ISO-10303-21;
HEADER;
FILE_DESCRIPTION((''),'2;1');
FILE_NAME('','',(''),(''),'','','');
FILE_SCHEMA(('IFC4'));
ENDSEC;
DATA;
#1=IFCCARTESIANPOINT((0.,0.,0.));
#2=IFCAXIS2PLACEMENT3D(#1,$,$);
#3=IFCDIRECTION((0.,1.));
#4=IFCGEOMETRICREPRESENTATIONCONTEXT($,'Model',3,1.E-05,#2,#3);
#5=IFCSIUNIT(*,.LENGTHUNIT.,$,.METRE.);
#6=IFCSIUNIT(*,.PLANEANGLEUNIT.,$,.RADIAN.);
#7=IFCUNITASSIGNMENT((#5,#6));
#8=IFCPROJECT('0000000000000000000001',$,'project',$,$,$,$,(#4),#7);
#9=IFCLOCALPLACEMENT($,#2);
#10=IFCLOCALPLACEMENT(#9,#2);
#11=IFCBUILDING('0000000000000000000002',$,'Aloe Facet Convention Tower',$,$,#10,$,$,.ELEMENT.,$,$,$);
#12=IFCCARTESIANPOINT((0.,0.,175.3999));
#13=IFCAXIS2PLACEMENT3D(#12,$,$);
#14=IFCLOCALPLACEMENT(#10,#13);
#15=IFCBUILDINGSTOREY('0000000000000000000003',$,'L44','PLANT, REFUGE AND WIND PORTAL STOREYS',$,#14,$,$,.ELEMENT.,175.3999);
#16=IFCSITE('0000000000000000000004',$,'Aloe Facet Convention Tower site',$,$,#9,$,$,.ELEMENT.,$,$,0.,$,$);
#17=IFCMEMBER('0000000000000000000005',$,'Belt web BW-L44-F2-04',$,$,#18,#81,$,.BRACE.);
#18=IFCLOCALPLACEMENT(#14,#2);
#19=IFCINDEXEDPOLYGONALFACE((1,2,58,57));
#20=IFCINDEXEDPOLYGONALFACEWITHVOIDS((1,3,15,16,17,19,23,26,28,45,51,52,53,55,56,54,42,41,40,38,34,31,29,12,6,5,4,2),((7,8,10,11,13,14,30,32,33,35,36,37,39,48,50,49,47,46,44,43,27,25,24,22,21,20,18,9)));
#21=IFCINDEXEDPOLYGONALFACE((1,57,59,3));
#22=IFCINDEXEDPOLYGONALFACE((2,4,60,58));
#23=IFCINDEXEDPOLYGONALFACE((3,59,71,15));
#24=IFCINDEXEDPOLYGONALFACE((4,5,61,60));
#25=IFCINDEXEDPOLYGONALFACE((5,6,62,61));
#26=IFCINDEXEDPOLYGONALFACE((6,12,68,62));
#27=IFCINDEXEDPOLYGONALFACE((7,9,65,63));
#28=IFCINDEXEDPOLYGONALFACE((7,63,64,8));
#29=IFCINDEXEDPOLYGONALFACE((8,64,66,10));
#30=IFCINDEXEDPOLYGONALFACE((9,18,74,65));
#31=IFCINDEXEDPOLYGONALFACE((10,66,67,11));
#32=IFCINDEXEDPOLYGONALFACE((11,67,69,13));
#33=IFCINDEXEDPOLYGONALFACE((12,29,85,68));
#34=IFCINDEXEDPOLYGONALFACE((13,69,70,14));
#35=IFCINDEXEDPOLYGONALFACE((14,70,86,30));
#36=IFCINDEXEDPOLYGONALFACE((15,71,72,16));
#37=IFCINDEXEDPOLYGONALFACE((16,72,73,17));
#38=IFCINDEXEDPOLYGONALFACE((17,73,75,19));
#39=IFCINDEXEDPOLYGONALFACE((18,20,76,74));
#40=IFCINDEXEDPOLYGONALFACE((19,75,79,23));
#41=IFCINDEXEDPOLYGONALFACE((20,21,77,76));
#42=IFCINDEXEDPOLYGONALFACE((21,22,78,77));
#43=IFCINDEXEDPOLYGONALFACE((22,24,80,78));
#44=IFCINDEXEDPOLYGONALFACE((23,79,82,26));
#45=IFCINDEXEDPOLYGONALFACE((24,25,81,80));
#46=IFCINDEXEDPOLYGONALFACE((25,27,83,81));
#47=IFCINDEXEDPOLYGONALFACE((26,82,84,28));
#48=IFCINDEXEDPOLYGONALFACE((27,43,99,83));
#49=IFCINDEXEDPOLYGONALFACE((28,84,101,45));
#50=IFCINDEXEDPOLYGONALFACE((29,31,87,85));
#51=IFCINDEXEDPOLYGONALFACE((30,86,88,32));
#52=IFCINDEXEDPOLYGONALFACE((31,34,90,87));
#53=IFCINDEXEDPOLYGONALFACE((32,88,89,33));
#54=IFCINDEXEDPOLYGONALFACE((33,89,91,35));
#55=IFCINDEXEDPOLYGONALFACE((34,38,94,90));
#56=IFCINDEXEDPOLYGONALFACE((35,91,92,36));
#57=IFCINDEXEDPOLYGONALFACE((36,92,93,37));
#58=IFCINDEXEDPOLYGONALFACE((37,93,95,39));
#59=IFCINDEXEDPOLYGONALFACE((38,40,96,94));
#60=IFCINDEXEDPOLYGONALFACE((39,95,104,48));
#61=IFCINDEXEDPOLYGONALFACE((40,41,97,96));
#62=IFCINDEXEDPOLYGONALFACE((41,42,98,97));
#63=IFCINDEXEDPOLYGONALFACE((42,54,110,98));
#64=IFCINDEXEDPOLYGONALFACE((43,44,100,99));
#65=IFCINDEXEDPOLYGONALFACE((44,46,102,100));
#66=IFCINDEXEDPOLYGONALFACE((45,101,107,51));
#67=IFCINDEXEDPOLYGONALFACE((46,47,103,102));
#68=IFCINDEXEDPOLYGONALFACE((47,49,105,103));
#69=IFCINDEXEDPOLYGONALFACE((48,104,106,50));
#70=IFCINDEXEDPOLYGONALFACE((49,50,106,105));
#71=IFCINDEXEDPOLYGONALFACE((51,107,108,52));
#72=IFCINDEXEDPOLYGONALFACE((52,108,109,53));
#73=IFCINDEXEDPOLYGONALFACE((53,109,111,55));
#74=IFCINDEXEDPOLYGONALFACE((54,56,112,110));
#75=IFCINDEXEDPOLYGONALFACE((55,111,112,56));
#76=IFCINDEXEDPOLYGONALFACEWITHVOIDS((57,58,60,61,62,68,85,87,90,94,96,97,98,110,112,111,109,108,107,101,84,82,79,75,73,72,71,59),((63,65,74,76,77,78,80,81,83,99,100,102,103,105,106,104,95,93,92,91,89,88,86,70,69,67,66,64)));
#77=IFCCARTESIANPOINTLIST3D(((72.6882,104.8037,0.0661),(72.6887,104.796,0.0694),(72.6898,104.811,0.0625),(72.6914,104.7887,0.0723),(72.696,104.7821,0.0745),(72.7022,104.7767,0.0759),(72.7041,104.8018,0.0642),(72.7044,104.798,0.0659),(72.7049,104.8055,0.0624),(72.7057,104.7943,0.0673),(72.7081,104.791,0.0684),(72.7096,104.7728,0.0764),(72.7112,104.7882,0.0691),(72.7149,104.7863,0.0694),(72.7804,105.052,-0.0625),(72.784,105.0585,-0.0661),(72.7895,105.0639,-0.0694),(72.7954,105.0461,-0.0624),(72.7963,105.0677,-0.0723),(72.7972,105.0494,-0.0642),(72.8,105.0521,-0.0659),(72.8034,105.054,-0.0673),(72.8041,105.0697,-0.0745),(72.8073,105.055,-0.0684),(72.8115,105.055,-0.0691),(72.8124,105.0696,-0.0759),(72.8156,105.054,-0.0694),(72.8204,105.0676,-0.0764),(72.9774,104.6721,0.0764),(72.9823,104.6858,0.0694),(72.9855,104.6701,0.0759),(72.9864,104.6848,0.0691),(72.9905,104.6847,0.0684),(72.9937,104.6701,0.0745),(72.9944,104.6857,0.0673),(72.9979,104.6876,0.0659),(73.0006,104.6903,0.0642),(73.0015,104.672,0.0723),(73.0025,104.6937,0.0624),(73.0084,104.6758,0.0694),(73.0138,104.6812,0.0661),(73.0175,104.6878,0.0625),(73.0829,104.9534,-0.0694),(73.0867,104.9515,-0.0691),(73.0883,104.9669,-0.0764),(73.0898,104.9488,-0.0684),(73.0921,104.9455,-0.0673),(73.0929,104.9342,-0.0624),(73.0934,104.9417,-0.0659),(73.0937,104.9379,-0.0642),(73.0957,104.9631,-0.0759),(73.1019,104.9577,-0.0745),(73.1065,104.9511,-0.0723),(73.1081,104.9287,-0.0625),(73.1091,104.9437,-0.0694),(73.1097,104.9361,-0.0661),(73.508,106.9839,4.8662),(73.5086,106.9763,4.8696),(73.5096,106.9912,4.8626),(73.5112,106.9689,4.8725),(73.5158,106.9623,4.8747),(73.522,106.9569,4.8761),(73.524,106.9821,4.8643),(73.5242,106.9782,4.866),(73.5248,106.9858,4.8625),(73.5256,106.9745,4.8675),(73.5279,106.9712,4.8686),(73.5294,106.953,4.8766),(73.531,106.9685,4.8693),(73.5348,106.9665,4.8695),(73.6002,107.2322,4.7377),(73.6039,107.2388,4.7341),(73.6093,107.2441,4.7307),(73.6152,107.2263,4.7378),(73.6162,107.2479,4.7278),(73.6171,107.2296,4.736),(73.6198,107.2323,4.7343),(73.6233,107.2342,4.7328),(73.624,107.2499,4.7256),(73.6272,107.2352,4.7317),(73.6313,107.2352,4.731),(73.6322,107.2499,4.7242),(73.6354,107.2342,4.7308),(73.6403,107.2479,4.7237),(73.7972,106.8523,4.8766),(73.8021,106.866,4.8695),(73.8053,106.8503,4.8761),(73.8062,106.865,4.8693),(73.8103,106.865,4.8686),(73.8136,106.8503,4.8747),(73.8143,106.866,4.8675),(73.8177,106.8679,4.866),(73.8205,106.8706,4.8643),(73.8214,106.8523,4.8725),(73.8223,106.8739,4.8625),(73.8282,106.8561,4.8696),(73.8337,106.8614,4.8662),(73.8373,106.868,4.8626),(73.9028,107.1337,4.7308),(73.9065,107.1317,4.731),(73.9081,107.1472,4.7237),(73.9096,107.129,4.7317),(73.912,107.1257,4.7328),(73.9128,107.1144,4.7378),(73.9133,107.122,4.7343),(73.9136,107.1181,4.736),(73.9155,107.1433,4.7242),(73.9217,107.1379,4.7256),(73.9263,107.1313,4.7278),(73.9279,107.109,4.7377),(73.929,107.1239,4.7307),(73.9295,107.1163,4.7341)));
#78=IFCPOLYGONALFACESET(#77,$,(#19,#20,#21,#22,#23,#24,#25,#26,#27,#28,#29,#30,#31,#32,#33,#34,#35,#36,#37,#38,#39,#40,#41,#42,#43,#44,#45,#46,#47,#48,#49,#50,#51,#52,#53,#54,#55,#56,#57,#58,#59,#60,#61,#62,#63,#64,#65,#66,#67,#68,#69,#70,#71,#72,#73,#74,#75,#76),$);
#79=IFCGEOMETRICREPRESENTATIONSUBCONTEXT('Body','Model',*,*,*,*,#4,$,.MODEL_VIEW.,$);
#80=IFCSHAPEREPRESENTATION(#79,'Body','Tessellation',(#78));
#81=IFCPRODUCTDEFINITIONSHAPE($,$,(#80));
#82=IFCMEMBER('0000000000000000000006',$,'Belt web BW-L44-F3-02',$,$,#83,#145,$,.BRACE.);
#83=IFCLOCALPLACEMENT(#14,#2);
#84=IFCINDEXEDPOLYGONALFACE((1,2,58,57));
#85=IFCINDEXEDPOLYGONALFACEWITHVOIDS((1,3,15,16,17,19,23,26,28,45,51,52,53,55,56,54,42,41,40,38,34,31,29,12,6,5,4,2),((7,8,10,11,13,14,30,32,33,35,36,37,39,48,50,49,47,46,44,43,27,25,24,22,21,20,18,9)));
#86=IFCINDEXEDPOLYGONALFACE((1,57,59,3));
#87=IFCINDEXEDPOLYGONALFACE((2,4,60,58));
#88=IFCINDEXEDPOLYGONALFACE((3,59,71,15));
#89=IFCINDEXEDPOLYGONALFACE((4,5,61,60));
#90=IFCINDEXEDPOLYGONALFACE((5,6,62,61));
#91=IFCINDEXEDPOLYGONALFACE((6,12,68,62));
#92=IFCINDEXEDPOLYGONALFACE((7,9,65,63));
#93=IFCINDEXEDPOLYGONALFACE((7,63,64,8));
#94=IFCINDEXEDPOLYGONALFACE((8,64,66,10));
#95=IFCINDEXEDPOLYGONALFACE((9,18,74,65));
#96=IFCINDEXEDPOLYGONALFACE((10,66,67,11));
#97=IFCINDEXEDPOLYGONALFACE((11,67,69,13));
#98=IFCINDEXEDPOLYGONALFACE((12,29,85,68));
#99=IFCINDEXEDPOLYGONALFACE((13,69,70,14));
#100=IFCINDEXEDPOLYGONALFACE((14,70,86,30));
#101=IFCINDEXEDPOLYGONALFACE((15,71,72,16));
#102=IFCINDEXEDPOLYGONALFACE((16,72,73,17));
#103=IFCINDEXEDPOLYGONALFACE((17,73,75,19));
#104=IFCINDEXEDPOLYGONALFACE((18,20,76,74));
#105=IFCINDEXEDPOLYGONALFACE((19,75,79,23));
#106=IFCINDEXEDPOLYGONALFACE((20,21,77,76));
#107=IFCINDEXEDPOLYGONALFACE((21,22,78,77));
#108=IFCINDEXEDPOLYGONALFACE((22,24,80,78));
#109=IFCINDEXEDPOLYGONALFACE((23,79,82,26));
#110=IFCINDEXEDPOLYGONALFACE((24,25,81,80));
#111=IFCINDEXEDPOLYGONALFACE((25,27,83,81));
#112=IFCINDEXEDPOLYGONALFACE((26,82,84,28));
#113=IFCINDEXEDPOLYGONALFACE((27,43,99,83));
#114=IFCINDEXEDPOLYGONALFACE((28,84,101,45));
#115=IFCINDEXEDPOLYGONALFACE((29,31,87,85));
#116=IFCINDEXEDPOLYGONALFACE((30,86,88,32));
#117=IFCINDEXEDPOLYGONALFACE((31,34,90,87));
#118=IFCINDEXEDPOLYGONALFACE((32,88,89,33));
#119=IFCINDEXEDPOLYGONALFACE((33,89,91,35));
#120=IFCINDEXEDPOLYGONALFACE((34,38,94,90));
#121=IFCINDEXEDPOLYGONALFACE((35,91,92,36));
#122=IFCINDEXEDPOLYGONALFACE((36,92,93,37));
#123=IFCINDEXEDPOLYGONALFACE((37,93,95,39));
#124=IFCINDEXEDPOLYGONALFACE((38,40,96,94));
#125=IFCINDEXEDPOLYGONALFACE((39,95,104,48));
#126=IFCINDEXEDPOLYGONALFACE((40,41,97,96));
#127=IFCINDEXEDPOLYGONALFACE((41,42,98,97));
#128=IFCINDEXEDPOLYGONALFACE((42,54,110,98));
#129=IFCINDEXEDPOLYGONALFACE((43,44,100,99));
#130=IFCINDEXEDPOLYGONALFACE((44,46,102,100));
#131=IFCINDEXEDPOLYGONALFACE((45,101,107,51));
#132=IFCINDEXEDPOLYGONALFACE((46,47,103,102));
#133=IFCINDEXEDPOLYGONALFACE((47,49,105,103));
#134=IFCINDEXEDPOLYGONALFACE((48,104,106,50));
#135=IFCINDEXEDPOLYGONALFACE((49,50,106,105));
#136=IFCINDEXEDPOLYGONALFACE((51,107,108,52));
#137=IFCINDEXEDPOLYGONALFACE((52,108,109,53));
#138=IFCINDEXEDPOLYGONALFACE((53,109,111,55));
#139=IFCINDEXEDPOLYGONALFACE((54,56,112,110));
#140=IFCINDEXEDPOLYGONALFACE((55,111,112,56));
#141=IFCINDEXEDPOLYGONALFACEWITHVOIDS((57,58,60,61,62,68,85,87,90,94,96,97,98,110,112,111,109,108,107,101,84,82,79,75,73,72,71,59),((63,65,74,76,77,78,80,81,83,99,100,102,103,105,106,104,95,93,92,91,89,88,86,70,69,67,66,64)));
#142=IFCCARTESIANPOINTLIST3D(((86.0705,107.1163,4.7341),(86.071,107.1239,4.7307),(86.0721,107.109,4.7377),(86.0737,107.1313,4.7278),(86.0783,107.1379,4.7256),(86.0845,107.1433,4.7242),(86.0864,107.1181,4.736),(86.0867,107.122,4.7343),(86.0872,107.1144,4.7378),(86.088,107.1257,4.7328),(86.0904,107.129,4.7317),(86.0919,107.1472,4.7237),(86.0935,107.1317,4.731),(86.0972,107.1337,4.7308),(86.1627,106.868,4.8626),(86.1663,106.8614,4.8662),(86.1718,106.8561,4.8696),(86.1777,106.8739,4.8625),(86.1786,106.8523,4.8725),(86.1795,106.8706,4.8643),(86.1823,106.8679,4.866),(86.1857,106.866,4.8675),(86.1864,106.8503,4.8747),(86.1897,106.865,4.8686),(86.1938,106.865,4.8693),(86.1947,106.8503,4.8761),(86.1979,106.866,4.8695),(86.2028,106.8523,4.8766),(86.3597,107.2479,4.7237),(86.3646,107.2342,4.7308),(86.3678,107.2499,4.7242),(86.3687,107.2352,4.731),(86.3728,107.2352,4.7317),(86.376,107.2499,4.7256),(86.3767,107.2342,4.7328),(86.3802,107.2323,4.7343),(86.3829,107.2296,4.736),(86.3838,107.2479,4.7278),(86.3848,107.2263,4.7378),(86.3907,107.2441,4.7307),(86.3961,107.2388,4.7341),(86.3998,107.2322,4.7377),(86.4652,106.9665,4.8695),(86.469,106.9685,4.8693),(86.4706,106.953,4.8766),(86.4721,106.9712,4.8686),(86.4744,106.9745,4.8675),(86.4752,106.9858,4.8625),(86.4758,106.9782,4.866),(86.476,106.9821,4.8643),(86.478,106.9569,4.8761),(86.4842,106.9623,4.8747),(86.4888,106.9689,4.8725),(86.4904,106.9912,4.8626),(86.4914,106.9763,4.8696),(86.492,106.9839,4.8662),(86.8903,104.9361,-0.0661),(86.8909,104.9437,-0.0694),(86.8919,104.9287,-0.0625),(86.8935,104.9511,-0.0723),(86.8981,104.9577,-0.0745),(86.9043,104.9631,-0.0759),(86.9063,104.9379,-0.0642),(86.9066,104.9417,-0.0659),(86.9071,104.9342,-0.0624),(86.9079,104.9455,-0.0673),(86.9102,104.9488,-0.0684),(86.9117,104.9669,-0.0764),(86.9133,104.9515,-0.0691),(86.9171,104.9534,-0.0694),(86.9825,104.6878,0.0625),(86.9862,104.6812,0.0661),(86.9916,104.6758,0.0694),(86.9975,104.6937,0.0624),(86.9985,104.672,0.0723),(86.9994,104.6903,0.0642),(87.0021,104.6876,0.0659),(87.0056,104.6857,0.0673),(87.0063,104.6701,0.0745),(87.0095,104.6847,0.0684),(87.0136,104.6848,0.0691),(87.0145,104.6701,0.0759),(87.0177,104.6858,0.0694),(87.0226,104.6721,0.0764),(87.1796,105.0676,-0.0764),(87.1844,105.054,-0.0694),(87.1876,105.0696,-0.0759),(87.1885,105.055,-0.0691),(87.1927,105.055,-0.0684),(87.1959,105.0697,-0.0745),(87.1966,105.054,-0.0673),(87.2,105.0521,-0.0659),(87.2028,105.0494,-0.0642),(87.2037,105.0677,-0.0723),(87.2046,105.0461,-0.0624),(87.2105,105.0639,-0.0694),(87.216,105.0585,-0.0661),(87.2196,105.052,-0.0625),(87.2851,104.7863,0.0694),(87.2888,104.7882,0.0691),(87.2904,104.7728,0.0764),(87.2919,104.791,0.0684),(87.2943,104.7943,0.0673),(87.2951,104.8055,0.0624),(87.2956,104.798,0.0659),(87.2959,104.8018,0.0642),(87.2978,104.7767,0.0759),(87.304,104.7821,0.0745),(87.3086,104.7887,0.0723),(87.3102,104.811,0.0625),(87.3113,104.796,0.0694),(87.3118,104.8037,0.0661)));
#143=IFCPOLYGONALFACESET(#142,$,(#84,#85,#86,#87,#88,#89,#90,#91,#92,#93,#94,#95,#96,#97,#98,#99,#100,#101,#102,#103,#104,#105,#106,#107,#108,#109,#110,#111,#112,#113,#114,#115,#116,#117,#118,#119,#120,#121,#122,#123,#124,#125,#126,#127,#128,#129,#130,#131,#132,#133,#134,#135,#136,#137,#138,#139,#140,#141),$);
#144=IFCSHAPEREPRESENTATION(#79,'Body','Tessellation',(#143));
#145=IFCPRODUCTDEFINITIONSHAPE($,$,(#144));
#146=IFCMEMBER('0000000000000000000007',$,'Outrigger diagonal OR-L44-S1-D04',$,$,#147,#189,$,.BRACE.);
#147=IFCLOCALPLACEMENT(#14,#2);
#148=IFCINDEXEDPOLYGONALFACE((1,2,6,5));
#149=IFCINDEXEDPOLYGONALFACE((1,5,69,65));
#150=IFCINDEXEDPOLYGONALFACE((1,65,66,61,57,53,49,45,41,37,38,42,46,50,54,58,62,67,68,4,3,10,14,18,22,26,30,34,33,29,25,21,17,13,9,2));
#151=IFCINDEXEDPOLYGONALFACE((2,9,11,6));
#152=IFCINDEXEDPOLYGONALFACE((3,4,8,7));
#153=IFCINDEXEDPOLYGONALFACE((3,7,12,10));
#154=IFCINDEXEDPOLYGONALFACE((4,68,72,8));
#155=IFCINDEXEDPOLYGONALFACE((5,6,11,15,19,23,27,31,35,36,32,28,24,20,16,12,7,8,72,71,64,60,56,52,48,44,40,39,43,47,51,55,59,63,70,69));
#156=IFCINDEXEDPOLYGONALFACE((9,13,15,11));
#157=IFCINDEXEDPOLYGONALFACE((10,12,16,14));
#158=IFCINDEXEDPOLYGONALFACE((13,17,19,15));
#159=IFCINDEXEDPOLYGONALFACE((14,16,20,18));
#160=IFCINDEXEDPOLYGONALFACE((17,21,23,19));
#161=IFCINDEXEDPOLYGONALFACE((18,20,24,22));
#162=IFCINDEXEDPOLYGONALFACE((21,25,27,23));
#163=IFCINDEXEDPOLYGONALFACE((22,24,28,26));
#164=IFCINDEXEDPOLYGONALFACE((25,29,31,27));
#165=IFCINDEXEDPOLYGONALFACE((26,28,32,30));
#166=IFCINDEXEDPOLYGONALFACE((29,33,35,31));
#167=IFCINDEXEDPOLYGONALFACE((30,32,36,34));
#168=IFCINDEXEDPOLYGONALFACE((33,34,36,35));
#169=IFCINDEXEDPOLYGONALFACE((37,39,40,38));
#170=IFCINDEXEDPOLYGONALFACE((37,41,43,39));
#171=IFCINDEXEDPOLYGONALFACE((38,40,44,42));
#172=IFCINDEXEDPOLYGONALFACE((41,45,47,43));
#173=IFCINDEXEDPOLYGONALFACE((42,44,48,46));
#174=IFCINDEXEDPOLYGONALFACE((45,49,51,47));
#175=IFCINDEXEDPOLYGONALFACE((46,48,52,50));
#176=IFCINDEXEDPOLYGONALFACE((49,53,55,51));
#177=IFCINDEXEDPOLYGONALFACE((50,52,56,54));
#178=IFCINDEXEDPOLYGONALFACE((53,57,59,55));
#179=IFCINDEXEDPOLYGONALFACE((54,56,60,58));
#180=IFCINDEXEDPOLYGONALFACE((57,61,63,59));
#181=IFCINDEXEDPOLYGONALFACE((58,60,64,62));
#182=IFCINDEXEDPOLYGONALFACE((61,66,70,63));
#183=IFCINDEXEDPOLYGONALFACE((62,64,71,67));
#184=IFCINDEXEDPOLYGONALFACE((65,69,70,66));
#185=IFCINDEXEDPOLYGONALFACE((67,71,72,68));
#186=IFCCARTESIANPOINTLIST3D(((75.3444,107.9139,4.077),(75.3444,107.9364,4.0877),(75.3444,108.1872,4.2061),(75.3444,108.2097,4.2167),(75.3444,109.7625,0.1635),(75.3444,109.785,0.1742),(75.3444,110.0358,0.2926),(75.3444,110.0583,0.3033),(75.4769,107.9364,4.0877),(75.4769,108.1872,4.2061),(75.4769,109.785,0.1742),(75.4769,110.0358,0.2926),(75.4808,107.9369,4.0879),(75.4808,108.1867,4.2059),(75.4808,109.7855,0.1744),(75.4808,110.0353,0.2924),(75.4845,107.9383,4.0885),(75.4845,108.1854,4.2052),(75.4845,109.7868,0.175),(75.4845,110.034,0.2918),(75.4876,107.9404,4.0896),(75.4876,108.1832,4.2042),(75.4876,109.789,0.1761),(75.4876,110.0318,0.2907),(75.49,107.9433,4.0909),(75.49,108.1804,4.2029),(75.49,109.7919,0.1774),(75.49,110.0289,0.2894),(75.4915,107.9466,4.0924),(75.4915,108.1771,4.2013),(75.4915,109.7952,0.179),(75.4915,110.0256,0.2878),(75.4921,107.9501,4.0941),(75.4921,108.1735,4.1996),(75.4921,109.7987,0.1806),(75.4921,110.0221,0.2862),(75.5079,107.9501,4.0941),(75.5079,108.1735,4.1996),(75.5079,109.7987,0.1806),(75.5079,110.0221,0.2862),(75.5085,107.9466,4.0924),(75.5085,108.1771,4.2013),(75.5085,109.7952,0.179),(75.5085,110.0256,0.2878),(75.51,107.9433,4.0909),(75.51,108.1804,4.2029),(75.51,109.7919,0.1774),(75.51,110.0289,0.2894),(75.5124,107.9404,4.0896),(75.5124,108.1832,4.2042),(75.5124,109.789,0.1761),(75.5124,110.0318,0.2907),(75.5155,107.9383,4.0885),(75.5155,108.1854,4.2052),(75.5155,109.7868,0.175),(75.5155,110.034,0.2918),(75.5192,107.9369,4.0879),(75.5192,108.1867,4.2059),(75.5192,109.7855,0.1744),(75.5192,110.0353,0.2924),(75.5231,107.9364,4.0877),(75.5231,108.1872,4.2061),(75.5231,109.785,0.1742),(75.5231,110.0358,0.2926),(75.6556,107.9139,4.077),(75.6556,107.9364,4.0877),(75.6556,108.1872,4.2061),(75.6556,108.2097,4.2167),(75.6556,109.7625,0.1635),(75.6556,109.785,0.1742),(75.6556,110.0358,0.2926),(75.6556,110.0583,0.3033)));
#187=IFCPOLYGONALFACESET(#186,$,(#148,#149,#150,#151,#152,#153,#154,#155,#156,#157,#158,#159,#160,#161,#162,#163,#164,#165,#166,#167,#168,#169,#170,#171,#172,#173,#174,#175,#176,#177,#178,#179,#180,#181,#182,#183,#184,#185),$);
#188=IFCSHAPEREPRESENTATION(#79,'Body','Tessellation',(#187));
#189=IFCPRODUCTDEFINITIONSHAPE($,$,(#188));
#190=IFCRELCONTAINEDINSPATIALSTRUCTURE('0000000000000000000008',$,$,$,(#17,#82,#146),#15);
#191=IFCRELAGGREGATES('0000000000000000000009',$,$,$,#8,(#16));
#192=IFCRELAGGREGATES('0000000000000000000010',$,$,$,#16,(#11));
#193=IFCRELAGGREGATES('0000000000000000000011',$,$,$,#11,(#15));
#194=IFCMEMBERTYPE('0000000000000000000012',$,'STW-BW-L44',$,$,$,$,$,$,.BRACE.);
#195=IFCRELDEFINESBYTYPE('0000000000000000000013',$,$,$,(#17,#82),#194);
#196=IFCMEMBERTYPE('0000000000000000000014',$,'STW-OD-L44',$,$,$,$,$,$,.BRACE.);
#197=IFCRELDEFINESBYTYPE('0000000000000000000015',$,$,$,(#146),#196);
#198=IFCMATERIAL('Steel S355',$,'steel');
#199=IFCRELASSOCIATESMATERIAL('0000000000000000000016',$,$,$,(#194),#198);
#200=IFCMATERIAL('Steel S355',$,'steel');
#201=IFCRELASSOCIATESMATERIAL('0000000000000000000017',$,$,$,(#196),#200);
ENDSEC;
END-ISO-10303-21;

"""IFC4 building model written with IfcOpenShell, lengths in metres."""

from ifc_helpers import new_model, si_unit, direction, frame, origin, origin_2d, place, context, subcontext, project, spatial, hollow_rectangle, i_section, extrude, material, material_profile, profile_set, type_object, element, save


model = new_model("IFC4")

# Units and contexts
model_context = context("Model", 3, precision=1e-05, world=origin(), true_north=direction((0.0, 1.0)))
body_context = subcontext(model_context, "Body", "Model", "MODEL_VIEW")
ifc_project = project(units=[si_unit("LENGTHUNIT", "METRE"), si_unit("PLANEANGLEUNIT", "RADIAN")], contexts=[model_context])

# Site, building, storey
site_placement = place(None, origin())
site = spatial("IfcSite", under=ifc_project, at=site_placement, Name="Aloe Facet Convention Tower site", CompositionType="ELEMENT", RefElevation=0.0)
building_placement = place(site_placement, origin())
building = spatial("IfcBuilding", under=site, at=building_placement, Name="Aloe Facet Convention Tower", CompositionType="ELEMENT")
storey_placement = place(building_placement, frame((0.0, 0.0, 175.3999)))
storey = spatial("IfcBuildingStorey", under=building, at=storey_placement, Name="L44", Description="PLANT, REFUGE AND WIND PORTAL STOREYS", CompositionType="ELEMENT", Elevation=175.3999)

# Members
ifc_material_1 = material(Name="Steel S355", Category="steel")
ifc_material_profile_1 = material_profile(ifc_material_1, hollow_rectangle(XDim=0.3501, YDim=0.3501, WallThickness=0.0161, InnerFilletRadius=0.0161, OuterFilletRadius=0.032, at=origin_2d()), Name="SHS 350x350x16")
ifc_profile_set_1 = profile_set([ifc_material_profile_1], Name="Steel S355")
member_type_1 = type_object("IfcMemberType", Name="STW-BW-L44", PredefinedType="BRACE", material=ifc_profile_set_1)
for number, where, z_axis, x_axis, name in (
    (1, (72.8989, 104.8699, 0.0), (0.15366, 0.40863, 0.899672), (-0.93601, 0.351973, 0.0), "Belt web BW-L44-F2-04"),
    (2, (87.1011, 104.8699, 0.0), (-0.15366, 0.40863, 0.899672), (-0.93601, -0.351973, 0.0), "Belt web BW-L44-F3-02"),
):
    element("IfcMember", number, at=place(storey_placement, frame(where, z_axis=z_axis, x_axis=x_axis)), inside=storey, type_object=member_type_1, Name=name, PredefinedType="BRACE", context=body_context, shape_type="SweptSolid", body=[
        extrude(hollow_rectangle(XDim=0.3501, YDim=0.3501, WallThickness=0.0161, InnerFilletRadius=0.0161, OuterFilletRadius=0.032, at=origin_2d()), origin(), (0.0, 0.0, 1.0), 5.3354),
    ])
ifc_material_2 = material(Name="Steel S355", Category="steel")
ifc_material_profile_2 = material_profile(ifc_material_2, i_section(OverallWidth=0.3113, OverallDepth=0.3271, WebThickness=0.0159, FlangeThickness=0.0249, FilletRadius=0.0151, at=origin_2d()), Name="UC 305x305x158")
ifc_profile_set_2 = profile_set([ifc_material_profile_2], Name="Steel S355")
member_type_2 = type_object("IfcMemberType", Name="STW-OD-L44", PredefinedType="BRACE", material=ifc_profile_set_2)
for number, where, z_axis, x_axis, name in (
    (3, (75.5, 109.9104, 0.2334), (0.0, -0.427111, 0.904199), (1.0, 0.0, 0.0), "Outrigger diagonal OR-L44-S1-D04"),
):
    element("IfcMember", number, at=place(storey_placement, frame(where, z_axis=z_axis, x_axis=x_axis)), inside=storey, type_object=member_type_2, Name=name, PredefinedType="BRACE", context=body_context, shape_type="SweptSolid", body=[
        extrude(i_section(OverallWidth=0.3113, OverallDepth=0.3271, WebThickness=0.0159, FlangeThickness=0.0249, FilletRadius=0.0151, at=origin_2d()), origin(), (0.0, 0.0, 1.0), 4.3281),
    ])

save(model, "model.ifc")
